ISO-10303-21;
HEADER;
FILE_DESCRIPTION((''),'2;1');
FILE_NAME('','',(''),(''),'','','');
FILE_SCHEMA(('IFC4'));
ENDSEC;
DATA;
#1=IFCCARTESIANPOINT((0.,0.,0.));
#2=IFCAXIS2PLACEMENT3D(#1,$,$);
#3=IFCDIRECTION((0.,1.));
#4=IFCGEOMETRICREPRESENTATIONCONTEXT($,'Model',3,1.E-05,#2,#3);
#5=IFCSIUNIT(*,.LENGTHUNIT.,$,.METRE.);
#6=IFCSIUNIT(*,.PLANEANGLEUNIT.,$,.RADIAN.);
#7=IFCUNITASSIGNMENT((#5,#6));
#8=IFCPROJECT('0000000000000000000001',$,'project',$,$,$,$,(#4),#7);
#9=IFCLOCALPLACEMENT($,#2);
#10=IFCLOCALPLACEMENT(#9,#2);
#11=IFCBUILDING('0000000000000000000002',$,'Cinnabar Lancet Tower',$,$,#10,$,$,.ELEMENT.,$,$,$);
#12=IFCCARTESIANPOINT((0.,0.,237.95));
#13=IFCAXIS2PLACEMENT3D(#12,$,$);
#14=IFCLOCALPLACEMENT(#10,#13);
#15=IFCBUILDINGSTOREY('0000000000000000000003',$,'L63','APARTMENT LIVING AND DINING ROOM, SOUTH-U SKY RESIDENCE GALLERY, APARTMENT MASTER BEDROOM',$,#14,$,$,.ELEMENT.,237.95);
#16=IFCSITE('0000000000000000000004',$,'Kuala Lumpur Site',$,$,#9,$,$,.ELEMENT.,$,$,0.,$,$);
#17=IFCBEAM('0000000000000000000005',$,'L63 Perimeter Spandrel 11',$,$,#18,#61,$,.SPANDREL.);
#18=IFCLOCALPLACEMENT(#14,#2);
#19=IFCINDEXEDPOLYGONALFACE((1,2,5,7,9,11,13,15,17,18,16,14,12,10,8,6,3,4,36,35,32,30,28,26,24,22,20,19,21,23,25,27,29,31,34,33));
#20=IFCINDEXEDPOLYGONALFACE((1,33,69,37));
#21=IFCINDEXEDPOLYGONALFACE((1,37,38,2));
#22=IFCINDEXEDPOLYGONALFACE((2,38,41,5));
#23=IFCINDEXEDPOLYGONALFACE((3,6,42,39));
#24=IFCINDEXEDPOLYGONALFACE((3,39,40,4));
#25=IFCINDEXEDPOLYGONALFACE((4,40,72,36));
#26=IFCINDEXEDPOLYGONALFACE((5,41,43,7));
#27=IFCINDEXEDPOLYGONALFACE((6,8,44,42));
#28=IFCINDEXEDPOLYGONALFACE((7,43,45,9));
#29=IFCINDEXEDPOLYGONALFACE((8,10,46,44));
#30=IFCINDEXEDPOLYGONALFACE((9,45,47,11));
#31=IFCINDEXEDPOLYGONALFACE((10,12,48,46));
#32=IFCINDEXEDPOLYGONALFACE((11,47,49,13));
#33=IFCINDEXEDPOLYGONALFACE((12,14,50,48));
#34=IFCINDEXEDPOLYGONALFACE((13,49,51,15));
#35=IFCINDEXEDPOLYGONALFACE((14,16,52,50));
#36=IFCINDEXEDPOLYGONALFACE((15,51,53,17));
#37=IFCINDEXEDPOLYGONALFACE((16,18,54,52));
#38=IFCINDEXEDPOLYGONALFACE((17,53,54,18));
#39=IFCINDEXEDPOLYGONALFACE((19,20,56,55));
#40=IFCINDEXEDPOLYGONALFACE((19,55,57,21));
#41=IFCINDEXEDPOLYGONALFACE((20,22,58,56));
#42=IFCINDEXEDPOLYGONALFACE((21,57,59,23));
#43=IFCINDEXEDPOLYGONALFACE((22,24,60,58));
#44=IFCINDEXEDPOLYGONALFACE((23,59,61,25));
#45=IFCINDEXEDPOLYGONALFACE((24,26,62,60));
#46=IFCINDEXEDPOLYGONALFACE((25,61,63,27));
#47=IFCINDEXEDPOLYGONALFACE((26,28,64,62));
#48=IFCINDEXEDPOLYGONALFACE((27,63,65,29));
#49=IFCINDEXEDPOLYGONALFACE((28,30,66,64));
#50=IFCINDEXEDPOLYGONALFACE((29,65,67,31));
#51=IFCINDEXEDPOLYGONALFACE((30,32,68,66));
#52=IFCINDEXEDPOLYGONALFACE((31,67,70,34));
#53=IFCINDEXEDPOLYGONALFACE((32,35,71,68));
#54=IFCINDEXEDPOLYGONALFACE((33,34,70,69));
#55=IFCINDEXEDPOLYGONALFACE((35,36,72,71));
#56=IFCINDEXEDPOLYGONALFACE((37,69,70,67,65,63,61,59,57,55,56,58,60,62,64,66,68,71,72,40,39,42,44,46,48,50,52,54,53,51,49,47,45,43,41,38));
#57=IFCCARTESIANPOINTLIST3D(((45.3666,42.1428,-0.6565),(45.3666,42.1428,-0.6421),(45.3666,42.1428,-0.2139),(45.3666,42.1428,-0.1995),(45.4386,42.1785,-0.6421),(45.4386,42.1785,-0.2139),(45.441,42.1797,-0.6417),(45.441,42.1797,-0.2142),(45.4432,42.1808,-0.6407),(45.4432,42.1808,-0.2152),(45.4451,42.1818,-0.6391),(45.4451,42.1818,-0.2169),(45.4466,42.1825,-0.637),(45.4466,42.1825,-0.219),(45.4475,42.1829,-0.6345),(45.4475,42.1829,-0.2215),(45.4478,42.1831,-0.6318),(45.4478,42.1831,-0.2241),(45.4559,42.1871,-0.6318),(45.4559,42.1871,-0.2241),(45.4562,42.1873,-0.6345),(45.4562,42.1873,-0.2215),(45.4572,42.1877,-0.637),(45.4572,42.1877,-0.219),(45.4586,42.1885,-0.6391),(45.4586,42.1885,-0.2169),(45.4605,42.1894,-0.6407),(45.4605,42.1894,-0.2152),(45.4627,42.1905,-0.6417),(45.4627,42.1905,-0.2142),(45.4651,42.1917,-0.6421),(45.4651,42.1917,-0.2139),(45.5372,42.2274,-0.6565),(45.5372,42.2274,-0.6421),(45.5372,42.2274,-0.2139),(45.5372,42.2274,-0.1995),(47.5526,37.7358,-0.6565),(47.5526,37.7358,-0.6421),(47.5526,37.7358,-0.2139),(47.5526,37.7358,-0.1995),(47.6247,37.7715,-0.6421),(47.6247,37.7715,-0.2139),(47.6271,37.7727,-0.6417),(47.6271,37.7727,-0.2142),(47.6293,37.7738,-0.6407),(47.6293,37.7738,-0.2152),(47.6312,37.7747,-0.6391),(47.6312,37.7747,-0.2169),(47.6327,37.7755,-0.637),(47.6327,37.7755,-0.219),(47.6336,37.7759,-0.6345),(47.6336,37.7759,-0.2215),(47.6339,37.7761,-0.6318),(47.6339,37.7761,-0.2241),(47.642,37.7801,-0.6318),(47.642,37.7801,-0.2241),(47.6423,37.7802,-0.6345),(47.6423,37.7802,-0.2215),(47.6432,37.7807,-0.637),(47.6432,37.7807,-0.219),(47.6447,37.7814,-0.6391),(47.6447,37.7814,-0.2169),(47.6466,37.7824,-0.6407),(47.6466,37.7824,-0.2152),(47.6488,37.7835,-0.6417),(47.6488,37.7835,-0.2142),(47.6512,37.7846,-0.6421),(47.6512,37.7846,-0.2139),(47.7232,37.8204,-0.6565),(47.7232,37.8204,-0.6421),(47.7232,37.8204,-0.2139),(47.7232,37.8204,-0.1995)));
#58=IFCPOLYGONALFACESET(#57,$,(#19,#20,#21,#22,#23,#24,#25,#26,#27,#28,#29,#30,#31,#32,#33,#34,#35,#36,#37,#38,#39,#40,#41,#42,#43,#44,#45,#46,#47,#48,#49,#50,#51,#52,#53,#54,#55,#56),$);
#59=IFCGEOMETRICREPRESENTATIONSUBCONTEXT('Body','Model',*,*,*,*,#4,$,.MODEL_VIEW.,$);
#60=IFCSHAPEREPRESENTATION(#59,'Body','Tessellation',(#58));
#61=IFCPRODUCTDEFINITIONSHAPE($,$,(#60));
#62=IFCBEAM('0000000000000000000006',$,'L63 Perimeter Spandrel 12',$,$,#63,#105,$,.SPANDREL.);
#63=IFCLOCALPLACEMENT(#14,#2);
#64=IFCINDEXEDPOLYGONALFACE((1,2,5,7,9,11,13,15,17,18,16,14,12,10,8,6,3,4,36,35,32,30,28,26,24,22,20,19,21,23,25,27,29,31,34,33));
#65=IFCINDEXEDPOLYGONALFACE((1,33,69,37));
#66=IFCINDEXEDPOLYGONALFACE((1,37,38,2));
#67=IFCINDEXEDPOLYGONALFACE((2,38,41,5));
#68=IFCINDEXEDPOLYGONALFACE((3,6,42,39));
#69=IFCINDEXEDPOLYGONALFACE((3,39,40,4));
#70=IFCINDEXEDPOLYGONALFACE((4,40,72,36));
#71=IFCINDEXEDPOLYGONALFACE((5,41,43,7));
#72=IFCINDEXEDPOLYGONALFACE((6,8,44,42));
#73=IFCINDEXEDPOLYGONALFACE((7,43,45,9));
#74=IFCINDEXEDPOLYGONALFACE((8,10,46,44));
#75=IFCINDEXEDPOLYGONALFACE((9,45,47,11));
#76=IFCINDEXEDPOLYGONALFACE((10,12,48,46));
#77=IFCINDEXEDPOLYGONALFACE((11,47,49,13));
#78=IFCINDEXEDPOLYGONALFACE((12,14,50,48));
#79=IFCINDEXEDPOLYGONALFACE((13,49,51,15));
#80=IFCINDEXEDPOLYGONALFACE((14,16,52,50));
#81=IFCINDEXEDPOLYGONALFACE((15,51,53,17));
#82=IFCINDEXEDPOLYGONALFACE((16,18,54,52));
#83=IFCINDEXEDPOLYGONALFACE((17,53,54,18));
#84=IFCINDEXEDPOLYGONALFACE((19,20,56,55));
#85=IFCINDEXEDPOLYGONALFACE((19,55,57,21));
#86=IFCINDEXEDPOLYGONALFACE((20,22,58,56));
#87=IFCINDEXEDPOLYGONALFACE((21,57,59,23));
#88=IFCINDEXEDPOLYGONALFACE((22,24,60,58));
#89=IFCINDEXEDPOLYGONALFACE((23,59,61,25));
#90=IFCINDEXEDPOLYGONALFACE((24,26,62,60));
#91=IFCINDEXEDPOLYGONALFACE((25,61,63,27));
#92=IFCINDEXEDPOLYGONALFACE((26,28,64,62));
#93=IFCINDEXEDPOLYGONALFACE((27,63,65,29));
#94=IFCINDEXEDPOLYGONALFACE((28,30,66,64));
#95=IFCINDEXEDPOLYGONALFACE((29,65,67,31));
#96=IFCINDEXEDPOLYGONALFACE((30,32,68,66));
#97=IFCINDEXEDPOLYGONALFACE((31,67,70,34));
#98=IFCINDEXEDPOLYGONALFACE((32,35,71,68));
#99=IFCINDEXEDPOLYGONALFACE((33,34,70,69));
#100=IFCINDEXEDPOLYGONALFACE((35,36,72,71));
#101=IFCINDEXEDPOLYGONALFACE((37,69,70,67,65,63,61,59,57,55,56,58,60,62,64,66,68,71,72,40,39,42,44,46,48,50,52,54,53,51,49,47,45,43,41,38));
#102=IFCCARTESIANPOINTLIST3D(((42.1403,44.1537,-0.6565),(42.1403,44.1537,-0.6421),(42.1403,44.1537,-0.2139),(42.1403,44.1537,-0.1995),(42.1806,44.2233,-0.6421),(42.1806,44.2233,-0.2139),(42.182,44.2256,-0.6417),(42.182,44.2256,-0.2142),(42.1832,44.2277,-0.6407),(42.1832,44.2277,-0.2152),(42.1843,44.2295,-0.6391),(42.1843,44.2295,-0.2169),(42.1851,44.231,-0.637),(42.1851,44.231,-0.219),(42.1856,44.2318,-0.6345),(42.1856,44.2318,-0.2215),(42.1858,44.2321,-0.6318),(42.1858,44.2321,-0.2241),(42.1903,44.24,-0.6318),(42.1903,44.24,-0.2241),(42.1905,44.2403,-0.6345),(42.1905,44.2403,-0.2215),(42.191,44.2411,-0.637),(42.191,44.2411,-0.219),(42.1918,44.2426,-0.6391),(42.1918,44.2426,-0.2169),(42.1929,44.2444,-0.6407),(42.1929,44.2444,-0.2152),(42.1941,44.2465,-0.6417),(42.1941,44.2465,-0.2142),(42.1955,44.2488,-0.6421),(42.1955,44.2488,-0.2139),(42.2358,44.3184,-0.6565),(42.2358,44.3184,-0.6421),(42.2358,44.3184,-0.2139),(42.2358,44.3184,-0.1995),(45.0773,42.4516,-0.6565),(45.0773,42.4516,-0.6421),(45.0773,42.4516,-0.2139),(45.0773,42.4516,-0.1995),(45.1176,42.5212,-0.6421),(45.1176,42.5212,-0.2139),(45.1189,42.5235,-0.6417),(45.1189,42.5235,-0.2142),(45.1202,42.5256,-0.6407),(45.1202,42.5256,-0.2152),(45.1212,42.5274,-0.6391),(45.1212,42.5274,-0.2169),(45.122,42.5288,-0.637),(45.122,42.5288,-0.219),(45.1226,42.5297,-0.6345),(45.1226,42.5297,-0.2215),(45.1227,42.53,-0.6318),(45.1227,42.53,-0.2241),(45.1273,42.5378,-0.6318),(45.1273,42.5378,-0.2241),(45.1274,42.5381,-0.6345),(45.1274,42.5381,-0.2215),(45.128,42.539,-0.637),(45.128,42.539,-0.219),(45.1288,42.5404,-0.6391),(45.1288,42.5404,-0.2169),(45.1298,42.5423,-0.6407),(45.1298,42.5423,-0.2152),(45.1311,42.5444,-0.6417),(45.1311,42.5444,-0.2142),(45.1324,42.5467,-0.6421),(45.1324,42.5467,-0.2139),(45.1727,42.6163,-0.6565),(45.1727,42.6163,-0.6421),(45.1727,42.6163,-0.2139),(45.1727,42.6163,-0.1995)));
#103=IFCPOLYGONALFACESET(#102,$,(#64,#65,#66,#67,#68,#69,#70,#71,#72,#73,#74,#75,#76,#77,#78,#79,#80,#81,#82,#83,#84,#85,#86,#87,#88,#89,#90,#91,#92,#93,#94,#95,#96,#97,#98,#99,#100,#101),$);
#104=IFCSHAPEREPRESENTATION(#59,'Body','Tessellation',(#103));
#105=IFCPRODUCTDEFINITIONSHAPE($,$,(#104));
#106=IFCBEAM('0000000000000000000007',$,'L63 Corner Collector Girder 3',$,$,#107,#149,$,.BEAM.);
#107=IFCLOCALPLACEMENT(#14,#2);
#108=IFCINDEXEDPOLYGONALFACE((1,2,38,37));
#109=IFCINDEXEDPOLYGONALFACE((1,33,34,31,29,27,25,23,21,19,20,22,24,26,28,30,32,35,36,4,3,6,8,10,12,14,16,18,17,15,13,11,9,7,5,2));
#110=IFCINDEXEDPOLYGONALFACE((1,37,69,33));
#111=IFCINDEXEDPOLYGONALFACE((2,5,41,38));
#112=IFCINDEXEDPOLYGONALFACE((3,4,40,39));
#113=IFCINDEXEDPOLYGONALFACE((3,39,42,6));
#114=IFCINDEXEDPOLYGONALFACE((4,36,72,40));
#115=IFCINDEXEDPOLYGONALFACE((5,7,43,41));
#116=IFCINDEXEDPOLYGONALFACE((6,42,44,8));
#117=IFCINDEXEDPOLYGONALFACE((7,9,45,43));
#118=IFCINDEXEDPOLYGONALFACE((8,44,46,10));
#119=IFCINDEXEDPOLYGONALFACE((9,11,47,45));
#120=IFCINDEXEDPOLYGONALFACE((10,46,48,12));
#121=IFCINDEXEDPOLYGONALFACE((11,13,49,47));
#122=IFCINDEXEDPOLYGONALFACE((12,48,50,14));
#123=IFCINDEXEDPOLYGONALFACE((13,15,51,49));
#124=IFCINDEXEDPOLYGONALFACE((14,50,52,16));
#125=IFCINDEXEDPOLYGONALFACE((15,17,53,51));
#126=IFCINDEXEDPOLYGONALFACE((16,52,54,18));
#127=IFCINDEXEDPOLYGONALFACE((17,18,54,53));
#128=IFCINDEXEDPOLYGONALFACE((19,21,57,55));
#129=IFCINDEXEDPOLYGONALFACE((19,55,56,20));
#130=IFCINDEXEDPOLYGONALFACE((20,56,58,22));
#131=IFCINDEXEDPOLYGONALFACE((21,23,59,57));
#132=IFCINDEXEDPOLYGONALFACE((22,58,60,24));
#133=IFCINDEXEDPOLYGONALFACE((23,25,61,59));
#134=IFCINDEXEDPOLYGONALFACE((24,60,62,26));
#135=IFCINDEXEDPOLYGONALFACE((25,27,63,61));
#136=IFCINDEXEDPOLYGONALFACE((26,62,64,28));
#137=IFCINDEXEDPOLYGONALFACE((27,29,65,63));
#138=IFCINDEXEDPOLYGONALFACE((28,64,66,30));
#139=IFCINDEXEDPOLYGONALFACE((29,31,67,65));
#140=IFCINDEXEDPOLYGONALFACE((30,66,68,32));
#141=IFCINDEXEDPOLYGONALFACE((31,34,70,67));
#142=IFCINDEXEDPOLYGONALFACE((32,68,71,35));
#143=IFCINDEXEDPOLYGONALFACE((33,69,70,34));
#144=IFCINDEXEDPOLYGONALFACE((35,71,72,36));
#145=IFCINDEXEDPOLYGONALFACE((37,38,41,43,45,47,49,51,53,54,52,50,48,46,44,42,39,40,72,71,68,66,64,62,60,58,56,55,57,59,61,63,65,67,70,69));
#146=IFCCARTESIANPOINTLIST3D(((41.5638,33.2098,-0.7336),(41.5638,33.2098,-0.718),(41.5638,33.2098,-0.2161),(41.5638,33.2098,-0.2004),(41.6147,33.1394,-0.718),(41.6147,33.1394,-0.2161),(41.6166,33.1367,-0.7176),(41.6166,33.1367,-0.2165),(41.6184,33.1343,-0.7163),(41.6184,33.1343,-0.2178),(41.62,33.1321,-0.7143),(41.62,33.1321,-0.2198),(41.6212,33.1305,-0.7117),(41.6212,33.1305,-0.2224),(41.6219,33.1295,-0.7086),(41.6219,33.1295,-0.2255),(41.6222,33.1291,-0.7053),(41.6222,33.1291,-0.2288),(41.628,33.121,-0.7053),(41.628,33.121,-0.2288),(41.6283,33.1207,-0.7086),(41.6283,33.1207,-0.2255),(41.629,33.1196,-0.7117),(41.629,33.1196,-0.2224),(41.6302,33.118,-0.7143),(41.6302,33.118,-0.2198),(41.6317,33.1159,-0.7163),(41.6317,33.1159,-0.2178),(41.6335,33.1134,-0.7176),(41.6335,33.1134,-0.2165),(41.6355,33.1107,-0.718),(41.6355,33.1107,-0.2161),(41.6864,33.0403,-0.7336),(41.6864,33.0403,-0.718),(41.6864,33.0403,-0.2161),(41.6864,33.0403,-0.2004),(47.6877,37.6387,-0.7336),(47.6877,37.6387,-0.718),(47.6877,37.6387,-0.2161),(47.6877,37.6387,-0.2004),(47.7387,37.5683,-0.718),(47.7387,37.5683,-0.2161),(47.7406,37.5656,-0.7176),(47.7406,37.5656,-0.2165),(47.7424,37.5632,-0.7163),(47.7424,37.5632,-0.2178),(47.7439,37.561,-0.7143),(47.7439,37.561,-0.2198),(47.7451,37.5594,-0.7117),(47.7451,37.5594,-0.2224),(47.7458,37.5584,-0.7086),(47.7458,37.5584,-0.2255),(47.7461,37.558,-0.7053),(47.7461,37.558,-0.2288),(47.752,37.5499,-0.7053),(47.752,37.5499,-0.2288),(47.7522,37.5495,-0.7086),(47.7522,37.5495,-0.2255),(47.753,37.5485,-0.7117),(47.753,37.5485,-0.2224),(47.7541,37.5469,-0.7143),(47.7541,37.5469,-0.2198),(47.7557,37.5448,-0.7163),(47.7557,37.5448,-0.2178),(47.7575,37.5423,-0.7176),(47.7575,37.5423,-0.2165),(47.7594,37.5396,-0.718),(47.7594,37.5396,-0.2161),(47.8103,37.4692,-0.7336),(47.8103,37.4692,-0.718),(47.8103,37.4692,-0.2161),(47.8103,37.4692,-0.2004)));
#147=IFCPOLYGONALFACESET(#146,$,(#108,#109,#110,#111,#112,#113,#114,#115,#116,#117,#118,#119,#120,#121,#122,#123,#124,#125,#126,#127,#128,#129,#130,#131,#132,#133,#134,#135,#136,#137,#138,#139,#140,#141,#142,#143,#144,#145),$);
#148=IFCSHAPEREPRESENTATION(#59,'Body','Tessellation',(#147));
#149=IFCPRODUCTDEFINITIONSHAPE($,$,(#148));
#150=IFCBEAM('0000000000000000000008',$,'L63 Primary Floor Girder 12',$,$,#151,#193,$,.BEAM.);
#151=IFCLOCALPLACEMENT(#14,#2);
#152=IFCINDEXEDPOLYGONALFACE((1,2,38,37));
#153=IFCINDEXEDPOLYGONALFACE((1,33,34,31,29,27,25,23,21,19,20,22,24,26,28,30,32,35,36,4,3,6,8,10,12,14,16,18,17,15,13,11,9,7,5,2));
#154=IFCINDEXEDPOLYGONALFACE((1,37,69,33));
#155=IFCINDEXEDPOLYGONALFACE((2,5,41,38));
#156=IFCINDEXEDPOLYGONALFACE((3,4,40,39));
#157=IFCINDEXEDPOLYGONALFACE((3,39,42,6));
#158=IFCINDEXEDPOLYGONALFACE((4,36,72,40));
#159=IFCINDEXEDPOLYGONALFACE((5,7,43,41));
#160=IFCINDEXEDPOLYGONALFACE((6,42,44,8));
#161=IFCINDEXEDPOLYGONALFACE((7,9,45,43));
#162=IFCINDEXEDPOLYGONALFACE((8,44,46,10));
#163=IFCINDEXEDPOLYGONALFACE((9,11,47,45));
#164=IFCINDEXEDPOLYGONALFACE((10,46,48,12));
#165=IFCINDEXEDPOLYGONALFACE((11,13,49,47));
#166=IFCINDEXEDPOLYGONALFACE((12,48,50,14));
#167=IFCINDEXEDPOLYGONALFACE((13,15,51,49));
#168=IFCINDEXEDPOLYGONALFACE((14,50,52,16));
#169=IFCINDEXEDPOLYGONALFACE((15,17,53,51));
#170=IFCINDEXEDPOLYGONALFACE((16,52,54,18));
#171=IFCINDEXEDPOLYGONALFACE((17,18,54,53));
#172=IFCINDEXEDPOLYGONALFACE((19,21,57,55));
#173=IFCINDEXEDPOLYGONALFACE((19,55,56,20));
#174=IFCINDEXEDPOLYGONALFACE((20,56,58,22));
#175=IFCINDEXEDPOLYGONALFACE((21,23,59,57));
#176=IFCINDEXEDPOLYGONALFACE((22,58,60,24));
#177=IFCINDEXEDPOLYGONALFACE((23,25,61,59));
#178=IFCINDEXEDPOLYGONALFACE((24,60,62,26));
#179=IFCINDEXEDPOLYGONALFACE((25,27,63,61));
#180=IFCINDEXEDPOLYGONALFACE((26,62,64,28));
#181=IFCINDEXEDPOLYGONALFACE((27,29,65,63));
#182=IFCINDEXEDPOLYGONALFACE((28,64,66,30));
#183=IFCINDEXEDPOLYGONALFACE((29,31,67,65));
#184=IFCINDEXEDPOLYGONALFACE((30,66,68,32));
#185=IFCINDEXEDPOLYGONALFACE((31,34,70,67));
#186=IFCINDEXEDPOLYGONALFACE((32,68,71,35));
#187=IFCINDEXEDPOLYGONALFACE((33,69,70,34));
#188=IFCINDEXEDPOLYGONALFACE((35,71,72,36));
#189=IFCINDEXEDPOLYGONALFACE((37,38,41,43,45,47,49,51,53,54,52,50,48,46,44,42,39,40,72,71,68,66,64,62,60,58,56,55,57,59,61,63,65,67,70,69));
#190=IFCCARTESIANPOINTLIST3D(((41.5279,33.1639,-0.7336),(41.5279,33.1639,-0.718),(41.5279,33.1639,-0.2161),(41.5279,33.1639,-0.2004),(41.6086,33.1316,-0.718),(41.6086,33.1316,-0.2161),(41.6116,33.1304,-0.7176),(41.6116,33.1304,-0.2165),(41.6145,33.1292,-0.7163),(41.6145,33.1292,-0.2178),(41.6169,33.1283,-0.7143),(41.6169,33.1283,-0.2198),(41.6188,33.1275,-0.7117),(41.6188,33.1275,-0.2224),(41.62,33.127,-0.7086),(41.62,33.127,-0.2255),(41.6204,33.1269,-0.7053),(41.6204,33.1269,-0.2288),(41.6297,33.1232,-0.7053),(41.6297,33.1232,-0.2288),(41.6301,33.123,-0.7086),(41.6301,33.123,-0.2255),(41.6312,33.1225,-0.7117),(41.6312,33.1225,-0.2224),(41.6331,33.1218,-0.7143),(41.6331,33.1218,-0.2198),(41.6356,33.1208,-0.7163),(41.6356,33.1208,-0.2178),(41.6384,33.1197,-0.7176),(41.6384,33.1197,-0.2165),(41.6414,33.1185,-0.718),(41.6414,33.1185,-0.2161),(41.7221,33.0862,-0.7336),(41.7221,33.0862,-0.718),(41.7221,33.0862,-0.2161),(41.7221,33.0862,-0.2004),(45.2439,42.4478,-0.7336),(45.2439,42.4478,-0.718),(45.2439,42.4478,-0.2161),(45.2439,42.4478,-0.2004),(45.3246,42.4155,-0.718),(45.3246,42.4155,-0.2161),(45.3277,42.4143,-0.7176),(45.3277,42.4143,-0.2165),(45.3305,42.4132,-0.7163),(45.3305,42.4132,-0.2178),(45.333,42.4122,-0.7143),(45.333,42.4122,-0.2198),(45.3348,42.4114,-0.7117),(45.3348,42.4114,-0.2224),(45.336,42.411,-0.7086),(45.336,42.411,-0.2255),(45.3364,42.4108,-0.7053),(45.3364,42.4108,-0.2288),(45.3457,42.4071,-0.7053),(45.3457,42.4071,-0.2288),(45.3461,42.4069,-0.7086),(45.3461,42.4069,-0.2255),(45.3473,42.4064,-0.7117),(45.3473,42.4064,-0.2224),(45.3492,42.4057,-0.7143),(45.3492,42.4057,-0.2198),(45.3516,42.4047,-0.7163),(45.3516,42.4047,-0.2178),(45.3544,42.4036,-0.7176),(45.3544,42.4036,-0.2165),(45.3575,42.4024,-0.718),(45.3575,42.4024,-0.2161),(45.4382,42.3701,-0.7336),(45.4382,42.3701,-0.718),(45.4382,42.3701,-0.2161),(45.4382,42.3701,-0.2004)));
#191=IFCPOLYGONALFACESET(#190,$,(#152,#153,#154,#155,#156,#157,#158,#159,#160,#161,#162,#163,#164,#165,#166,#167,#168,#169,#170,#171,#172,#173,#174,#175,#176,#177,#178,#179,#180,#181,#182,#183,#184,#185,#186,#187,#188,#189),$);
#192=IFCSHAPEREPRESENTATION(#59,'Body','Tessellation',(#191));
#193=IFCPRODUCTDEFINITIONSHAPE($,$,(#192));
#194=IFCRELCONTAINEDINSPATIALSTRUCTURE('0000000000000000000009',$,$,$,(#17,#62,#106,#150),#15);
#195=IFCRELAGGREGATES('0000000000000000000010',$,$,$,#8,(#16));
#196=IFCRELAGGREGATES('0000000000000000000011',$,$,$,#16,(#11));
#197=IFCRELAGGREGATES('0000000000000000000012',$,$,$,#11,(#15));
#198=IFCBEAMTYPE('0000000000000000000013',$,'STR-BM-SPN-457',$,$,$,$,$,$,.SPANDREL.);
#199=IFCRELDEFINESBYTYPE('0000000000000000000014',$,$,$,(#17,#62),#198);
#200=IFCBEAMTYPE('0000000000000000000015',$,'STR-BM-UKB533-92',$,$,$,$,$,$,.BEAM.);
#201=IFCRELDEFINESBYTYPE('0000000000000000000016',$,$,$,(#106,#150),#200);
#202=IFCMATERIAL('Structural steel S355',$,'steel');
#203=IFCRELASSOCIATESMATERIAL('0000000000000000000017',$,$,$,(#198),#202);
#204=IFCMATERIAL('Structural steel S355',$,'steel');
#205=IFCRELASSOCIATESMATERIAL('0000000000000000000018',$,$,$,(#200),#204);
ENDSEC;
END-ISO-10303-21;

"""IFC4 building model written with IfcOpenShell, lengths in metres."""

from ifc_helpers import new_model, si_unit, direction, frame, origin, origin_2d, place, context, subcontext, project, spatial, i_section, extrude, material, material_profile, profile_set, type_object, element, save


model = new_model("IFC4")

# Units and contexts
model_context = context("Model", 3, precision=1e-05, world=origin(), true_north=direction((0.0, 1.0)))
body_context = subcontext(model_context, "Body", "Model", "MODEL_VIEW")
ifc_project = project(units=[si_unit("LENGTHUNIT", "METRE"), si_unit("PLANEANGLEUNIT", "RADIAN")], contexts=[model_context])

# Site, building, storey
site_placement = place(None, origin())
site = spatial("IfcSite", under=ifc_project, at=site_placement, Name="Kuala Lumpur Site", CompositionType="ELEMENT", RefElevation=0.0)
building_placement = place(site_placement, origin())
building = spatial("IfcBuilding", under=site, at=building_placement, Name="Cinnabar Lancet Tower", CompositionType="ELEMENT")
storey_placement = place(building_placement, frame((0.0, 0.0, 237.95)))
storey = spatial("IfcBuildingStorey", under=building, at=storey_placement, Name="L63", Description="APARTMENT LIVING AND DINING ROOM, SOUTH-U SKY RESIDENCE GALLERY, APARTMENT MASTER BEDROOM", CompositionType="ELEMENT", Elevation=237.95)

# Beams
ifc_material_1 = material(Name="Structural steel S355", Category="steel")
ifc_material_profile_1 = material_profile(ifc_material_1, i_section(OverallWidth=0.1904, OverallDepth=0.457, WebThickness=0.009, FlangeThickness=0.0144, FilletRadius=0.0103, at=origin_2d()), Name="UKB 457x191x74")
ifc_profile_set_1 = profile_set([ifc_material_profile_1], Name="Structural steel S355")
beam_type_1 = type_object("IfcBeamType", Name="STR-BM-SPN-457", PredefinedType="SPANDREL", material=ifc_profile_set_1)
beam_1_placement = place(storey_placement, frame((47.6379, 37.7781, -0.428), z_axis=(-0.444373, 0.895842, 0.0), x_axis=(-0.895842, -0.444373, 0.0)))
element("IfcBeam", 1, at=beam_1_placement, inside=storey, type_object=beam_type_1, Name="L63 Perimeter Spandrel 11", PredefinedType="SPANDREL", context=body_context, shape_type="SweptSolid", body=[
    extrude(i_section(OverallWidth=0.1904, OverallDepth=0.457, WebThickness=0.009, FlangeThickness=0.0144, FilletRadius=0.0103, at=origin_2d()), origin(), (0.0, 0.0, 1.0), 4.9194),
])
beam_2_placement = place(storey_placement, frame((45.125, 42.5339, -0.428), z_axis=(-0.8652, 0.501427, 0.0), x_axis=(-0.501427, -0.8652, 0.0)))
element("IfcBeam", 2, at=beam_2_placement, inside=storey, type_object=beam_type_1, Name="L63 Perimeter Spandrel 12", PredefinedType="SPANDREL", context=body_context, shape_type="SweptSolid", body=[
    extrude(i_section(OverallWidth=0.1904, OverallDepth=0.457, WebThickness=0.009, FlangeThickness=0.0144, FilletRadius=0.0103, at=origin_2d()), origin(), (0.0, 0.0, 1.0), 3.3945),
])
ifc_material_2 = material(Name="Structural steel S355", Category="steel")
ifc_material_profile_2 = material_profile(ifc_material_2, i_section(OverallWidth=0.2092, OverallDepth=0.5332, WebThickness=0.01, FlangeThickness=0.0156, FilletRadius=0.0127, at=origin_2d()), Name="UKB 533x210x92")
ifc_profile_set_2 = profile_set([ifc_material_profile_2], Name="Structural steel S355")
beam_type_2 = type_object("IfcBeamType", Name="STR-BM-UKB533-92", PredefinedType="BEAM", material=ifc_profile_set_2)
beam_3_placement = place(storey_placement, frame((47.749, 37.554, -0.467), z_axis=(-0.810299, -0.586016, 0.0), x_axis=(0.586016, -0.810299, 0.0)))
element("IfcBeam", 3, at=beam_3_placement, inside=storey, type_object=beam_type_2, Name="L63 Corner Collector Girder 3", PredefinedType="BEAM", context=body_context, shape_type="SweptSolid", body=[
    extrude(i_section(OverallWidth=0.2092, OverallDepth=0.5332, WebThickness=0.01, FlangeThickness=0.0156, FilletRadius=0.0127, at=origin_2d()), origin(), (0.0, 0.0, 1.0), 7.5576),
])
beam_4_placement = place(storey_placement, frame((45.3411, 42.4089, -0.467), z_axis=(-0.371605, -0.928391, 0.0), x_axis=(0.928391, -0.371605, 0.0)))
element("IfcBeam", 4, at=beam_4_placement, inside=storey, type_object=beam_type_2, Name="L63 Primary Floor Girder 12", PredefinedType="BEAM", context=body_context, shape_type="SweptSolid", body=[
    extrude(i_section(OverallWidth=0.2092, OverallDepth=0.5332, WebThickness=0.01, FlangeThickness=0.0156, FilletRadius=0.0127, at=origin_2d()), origin(), (0.0, 0.0, 1.0), 10.0),
])

save(model, "model.ifc")
